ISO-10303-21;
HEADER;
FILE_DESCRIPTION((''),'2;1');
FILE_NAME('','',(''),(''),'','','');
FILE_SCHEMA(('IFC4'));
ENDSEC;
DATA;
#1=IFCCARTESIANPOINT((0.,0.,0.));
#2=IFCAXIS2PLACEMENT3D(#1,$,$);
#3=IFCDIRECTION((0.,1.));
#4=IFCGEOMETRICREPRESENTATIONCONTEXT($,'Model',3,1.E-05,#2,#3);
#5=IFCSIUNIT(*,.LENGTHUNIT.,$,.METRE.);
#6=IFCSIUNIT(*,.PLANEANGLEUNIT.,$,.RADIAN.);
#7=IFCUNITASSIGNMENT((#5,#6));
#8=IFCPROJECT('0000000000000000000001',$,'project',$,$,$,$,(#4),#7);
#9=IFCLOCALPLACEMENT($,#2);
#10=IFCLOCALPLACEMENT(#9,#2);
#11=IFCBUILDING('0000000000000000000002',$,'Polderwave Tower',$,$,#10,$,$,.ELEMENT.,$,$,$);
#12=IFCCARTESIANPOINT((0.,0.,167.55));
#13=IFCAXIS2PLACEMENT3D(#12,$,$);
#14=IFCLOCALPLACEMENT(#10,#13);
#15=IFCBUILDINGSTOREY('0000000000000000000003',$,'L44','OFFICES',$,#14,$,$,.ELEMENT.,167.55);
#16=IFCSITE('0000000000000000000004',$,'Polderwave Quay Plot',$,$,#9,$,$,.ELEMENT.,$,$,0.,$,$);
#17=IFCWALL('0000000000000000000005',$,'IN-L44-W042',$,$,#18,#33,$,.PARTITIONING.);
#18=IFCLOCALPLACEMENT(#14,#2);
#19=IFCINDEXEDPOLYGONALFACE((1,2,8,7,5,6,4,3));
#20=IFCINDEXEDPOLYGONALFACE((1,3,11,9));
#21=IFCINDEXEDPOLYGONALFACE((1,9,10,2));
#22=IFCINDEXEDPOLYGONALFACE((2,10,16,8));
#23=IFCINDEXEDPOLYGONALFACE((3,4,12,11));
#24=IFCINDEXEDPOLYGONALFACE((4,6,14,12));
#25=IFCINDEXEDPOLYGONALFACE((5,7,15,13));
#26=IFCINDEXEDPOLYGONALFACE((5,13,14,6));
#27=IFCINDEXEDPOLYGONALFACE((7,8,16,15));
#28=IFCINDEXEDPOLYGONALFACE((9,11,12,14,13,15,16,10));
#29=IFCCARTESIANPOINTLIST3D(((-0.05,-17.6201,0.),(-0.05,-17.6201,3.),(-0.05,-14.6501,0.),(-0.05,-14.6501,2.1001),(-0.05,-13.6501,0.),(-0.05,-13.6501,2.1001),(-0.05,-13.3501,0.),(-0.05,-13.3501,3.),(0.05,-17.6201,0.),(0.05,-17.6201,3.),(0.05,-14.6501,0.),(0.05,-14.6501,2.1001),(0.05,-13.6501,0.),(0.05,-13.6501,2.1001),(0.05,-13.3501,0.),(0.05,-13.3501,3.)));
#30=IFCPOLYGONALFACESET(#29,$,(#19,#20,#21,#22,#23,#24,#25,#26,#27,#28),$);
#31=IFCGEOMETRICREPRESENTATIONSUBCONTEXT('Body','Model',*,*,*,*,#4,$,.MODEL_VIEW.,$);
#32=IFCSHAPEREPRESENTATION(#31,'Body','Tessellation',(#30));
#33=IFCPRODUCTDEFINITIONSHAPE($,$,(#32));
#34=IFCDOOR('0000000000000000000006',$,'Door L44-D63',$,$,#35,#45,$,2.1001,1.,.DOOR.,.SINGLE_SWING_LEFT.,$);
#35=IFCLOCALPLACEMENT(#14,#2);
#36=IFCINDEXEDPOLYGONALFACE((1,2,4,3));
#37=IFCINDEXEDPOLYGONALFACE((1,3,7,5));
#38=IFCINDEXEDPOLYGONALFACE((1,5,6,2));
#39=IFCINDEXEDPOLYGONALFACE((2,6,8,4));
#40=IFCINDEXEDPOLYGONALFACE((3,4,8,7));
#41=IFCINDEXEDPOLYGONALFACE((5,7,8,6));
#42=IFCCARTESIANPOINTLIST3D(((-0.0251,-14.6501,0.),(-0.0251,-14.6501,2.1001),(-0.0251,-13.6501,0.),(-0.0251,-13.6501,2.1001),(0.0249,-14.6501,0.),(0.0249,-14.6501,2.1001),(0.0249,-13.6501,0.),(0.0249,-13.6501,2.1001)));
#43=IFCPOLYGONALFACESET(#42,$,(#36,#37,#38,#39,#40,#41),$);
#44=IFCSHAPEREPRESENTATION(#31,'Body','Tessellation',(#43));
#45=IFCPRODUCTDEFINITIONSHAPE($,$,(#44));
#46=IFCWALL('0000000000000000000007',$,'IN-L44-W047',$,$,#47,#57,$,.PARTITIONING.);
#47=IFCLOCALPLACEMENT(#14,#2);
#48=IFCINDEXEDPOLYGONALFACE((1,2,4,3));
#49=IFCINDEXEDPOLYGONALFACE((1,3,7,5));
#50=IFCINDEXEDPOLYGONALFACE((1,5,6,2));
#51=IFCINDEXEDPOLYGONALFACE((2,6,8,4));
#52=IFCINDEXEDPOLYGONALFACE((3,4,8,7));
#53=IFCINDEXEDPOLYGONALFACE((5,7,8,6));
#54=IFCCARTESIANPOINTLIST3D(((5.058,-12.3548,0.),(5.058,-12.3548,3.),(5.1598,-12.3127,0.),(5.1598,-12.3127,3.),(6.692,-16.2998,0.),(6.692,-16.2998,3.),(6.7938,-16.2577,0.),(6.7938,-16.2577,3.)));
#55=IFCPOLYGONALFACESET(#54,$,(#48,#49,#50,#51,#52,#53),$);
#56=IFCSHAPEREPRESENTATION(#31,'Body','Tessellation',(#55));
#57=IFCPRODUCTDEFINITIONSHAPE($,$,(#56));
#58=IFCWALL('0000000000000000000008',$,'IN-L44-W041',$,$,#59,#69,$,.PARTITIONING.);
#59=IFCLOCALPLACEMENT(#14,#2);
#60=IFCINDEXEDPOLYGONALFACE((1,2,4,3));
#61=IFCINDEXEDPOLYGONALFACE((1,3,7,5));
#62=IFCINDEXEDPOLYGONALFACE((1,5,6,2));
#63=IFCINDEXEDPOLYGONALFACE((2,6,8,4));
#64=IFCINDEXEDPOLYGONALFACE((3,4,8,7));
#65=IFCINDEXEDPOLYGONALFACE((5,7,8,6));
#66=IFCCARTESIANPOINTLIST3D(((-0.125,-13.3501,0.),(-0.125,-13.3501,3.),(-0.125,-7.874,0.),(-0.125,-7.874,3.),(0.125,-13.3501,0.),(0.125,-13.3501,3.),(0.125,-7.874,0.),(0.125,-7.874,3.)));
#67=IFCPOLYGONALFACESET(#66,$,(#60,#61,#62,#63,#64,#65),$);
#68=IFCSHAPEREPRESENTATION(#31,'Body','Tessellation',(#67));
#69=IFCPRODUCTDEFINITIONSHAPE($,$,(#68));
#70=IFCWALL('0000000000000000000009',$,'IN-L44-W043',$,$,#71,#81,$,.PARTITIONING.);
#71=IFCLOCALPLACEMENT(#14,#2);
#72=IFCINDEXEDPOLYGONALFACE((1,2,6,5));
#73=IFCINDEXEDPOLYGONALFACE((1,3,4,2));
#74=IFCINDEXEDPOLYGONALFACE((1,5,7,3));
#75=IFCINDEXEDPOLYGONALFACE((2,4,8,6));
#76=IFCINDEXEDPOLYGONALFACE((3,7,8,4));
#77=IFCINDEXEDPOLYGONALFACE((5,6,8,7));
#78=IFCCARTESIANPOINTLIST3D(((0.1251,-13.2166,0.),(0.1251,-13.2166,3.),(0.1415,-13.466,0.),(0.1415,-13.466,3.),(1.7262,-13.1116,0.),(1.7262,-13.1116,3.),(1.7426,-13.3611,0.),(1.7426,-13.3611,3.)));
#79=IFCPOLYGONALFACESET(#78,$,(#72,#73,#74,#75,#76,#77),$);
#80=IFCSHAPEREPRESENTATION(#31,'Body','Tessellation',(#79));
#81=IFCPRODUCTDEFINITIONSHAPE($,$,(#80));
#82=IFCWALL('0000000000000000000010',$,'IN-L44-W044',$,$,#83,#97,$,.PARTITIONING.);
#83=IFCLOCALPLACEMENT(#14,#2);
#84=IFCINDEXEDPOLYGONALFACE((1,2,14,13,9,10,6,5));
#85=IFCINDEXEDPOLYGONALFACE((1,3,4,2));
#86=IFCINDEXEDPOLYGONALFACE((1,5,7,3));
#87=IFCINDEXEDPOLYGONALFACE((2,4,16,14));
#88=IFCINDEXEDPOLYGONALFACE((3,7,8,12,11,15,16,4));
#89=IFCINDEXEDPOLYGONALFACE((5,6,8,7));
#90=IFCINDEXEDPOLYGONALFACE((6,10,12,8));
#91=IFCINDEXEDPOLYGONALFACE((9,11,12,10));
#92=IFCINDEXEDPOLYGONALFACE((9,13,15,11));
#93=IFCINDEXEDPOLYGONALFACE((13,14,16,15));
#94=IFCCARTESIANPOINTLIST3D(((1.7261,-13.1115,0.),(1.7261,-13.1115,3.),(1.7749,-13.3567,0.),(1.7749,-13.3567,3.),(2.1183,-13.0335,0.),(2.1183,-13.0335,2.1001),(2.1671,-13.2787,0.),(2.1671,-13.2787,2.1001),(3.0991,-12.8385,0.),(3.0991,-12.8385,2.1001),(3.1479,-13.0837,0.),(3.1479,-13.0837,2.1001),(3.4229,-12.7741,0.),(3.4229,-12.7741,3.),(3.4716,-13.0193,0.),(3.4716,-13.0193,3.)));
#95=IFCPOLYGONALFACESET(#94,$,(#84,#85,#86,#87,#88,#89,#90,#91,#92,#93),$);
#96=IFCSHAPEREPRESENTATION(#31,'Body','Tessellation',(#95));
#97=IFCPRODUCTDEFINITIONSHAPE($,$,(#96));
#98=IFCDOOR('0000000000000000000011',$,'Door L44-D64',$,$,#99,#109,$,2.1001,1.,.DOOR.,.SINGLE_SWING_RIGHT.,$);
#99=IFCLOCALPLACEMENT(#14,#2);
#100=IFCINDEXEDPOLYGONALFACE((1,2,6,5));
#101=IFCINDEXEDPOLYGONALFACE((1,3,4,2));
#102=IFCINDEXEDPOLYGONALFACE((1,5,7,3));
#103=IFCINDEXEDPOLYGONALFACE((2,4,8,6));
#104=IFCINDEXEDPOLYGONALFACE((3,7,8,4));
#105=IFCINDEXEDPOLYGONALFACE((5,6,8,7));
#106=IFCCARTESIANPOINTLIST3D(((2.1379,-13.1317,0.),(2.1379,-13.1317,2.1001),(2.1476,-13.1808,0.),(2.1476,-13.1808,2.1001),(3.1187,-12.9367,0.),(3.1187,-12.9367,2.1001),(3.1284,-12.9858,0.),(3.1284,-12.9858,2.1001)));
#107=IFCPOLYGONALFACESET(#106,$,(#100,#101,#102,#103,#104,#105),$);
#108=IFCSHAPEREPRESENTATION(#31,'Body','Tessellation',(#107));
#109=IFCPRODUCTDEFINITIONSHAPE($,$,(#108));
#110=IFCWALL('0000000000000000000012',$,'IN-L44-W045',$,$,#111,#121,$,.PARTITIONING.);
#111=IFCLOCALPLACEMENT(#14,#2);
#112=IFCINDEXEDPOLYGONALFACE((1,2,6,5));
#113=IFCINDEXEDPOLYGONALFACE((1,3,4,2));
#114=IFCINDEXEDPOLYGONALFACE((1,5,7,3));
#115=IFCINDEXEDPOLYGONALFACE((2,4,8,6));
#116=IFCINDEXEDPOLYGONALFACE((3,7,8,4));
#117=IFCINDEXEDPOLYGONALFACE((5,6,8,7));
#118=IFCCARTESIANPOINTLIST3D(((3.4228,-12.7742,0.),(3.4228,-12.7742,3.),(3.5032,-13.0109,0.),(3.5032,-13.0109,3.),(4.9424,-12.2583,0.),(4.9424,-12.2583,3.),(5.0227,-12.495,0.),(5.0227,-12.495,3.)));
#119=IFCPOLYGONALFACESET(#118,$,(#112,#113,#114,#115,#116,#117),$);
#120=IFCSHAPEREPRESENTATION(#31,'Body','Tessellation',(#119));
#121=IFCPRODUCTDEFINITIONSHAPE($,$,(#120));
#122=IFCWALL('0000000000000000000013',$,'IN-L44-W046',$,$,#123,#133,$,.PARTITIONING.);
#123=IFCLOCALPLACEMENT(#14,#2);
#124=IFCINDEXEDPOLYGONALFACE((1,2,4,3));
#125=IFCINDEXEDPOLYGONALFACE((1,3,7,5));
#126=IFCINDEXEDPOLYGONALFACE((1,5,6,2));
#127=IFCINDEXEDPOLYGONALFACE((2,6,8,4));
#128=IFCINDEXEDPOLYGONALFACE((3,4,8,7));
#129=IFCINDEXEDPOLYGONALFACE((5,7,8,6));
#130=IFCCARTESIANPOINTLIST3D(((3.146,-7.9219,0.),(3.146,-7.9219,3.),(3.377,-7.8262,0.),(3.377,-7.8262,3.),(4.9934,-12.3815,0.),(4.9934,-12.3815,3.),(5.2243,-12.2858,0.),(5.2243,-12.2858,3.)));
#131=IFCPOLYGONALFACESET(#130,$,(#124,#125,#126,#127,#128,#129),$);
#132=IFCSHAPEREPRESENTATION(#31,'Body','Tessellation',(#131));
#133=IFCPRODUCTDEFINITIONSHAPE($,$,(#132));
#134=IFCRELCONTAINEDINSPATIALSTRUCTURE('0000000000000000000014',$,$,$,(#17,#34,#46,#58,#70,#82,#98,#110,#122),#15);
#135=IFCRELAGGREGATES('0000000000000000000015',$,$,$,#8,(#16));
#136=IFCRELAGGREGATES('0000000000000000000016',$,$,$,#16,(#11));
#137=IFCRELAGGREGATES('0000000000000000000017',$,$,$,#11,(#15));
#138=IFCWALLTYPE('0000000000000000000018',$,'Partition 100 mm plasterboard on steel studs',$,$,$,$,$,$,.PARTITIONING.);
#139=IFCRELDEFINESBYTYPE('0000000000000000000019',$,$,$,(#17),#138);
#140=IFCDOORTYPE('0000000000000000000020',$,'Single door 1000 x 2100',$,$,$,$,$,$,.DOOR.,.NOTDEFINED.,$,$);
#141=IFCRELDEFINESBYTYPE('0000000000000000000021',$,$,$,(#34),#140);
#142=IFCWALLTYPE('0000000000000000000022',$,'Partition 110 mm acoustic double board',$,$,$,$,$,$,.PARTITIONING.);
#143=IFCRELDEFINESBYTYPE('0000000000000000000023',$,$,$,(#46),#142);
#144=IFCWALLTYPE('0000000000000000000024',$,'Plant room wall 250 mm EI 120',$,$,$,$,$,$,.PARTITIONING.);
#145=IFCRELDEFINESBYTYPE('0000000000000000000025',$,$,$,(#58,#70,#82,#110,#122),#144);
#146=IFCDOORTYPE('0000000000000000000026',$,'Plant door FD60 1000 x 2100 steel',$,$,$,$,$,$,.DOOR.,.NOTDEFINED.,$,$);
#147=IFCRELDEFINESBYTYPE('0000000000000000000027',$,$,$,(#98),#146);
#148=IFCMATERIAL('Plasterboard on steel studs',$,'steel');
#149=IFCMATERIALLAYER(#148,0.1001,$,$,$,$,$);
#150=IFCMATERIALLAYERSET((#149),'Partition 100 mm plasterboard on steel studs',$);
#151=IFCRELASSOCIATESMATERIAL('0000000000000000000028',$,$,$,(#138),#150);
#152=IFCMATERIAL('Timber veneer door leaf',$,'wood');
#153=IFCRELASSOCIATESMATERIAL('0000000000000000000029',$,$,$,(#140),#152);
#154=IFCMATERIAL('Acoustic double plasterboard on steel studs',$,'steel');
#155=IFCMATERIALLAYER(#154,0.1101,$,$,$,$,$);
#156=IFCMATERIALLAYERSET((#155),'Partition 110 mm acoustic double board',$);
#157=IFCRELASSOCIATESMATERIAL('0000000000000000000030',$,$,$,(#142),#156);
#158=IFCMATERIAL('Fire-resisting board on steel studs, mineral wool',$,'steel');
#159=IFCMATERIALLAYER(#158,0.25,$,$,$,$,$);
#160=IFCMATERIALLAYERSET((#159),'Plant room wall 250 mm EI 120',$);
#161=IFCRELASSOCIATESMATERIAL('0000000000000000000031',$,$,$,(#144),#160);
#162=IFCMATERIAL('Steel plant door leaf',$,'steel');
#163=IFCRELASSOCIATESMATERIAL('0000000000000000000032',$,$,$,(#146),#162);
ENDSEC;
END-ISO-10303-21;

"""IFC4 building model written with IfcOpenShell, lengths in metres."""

from ifc_helpers import new_model, si_unit, direction, frame, frame_2d, origin, place, context, subcontext, project, spatial, rectangle, extrude, material, layer, layer_set, type_object, element, fill, save


model = new_model("IFC4")

# Units and contexts
model_context = context("Model", 3, precision=1e-05, world=origin(), true_north=direction((0.0, 1.0)))
body_context = subcontext(model_context, "Body", "Model", "MODEL_VIEW")
ifc_project = project(units=[si_unit("LENGTHUNIT", "METRE"), si_unit("PLANEANGLEUNIT", "RADIAN")], contexts=[model_context])

# Site, building, storey
site_placement = place(None, origin())
site = spatial("IfcSite", under=ifc_project, at=site_placement, Name="Polderwave Quay Plot", CompositionType="ELEMENT", RefElevation=0.0)
building_placement = place(site_placement, origin())
building = spatial("IfcBuilding", under=site, at=building_placement, Name="Polderwave Tower", CompositionType="ELEMENT")
storey_placement = place(building_placement, frame((0.0, 0.0, 167.55)))
storey = spatial("IfcBuildingStorey", under=building, at=storey_placement, Name="L44", Description="OFFICES", CompositionType="ELEMENT", Elevation=167.55)

# Wall, opening, door
ifc_material_1 = material(Name="Plasterboard on steel studs", Category="steel")
ifc_layer_1 = layer(ifc_material_1, 0.1001)
ifc_layer_set_1 = layer_set([ifc_layer_1], Name="Partition 100 mm plasterboard on steel studs")
wall_type_1 = type_object("IfcWallType", Name="Partition 100 mm plasterboard on steel studs", PredefinedType="PARTITIONING", material=ifc_layer_set_1)
wall_1_placement = place(storey_placement, frame((0.0, -13.3501, 0.0), z_axis=(0.0, 0.0, 1.0), x_axis=(0.0, -1.0, 0.0)))
wall_1 = element("IfcWall", 1, at=wall_1_placement, inside=storey, type_object=wall_type_1, Name="IN-L44-W042", PredefinedType="PARTITIONING", context=body_context, shape_type="SweptSolid", body=[
    extrude(rectangle(XDim=4.27, YDim=0.1001, at=frame_2d((2.135, 0.0))), origin(), (0.0, 0.0, 1.0), 3.0),
])
opening_1_placement = place(wall_1_placement, frame((0.3, 0.0, 0.0)))
opening_1 = element("IfcOpeningElement", 2, at=opening_1_placement, cuts=wall_1, PredefinedType="OPENING", context=body_context, shape_type="SweptSolid", body=[
    extrude(rectangle(XDim=1.0, YDim=2.1001, at=frame_2d((0.5, 1.05))), frame((0.0, 0.0601, 0.0), z_axis=(0.0, -1.0, 0.0), x_axis=(1.0, 0.0, 0.0)), (0.0, 0.0, 1.0), 0.1201),
])
ifc_material_2 = material(Name="Timber veneer door leaf", Category="wood")
door_type_1 = type_object("IfcDoorType", Name="Single door 1000 x 2100", OperationType="NOTDEFINED", PredefinedType="DOOR", material=ifc_material_2)
door_1_placement = place(opening_1_placement, origin())
door_1 = element("IfcDoor", 3, at=door_1_placement, inside=storey, type_object=door_type_1, Name="Door L44-D63", OperationType="SINGLE_SWING_LEFT", OverallHeight=2.1001, OverallWidth=1.0, PredefinedType="DOOR", context=body_context, shape_type="SweptSolid", body=[
    extrude(rectangle(XDim=1.0, YDim=2.1001, at=frame_2d((0.5, 1.05))), frame((0.0, 0.0249, 0.0), z_axis=(0.0, -1.0, 0.0), x_axis=(1.0, 0.0, 0.0)), (0.0, 0.0, 1.0), 0.05),
])
fill(opening_1, door_1)

# Walls
ifc_material_3 = material(Name="Acoustic double plasterboard on steel studs", Category="steel")
ifc_layer_2 = layer(ifc_material_3, 0.1101)
ifc_layer_set_2 = layer_set([ifc_layer_2], Name="Partition 110 mm acoustic double board")
wall_type_2 = type_object("IfcWallType", Name="Partition 110 mm acoustic double board", PredefinedType="PARTITIONING", material=ifc_layer_set_2)
wall_2_placement = place(storey_placement, frame((5.1089, -12.3337, 0.0), z_axis=(0.0, 0.0, 1.0), x_axis=(0.38267, -0.923885, 0.0)))
element("IfcWall", 4, at=wall_2_placement, inside=storey, type_object=wall_type_2, Name="IN-L44-W047", PredefinedType="PARTITIONING", context=body_context, shape_type="SweptSolid", body=[
    extrude(rectangle(XDim=4.27, YDim=0.1101, at=frame_2d((2.135, 0.0))), origin(), (0.0, 0.0, 1.0), 3.0),
])
ifc_material_4 = material(Name="Fire-resisting board on steel studs, mineral wool", Category="steel")
ifc_layer_3 = layer(ifc_material_4, 0.25)
ifc_layer_set_3 = layer_set([ifc_layer_3], Name="Plant room wall 250 mm EI 120")
wall_type_3 = type_object("IfcWallType", Name="Plant room wall 250 mm EI 120", PredefinedType="PARTITIONING", material=ifc_layer_set_3)
wall_3_placement = place(storey_placement, frame((0.0, -7.874, 0.0), z_axis=(0.0, 0.0, 1.0), x_axis=(0.0, -1.0, 0.0)))
element("IfcWall", 5, at=wall_3_placement, inside=storey, type_object=wall_type_3, Name="IN-L44-W041", PredefinedType="PARTITIONING", context=body_context, shape_type="SweptSolid", body=[
    extrude(rectangle(XDim=5.4761, YDim=0.25, at=frame_2d((2.738, 0.0))), origin(), (0.0, 0.0, 1.0), 3.0),
])
wall_4_placement = place(storey_placement, frame((1.7344, -13.2363, 0.0), z_axis=(0.0, 0.0, 1.0), x_axis=(-0.997857, -0.065428, 0.0)))
element("IfcWall", 6, at=wall_4_placement, inside=storey, type_object=wall_type_3, Name="IN-L44-W043", PredefinedType="PARTITIONING", context=body_context, shape_type="SweptSolid", body=[
    extrude(rectangle(XDim=1.6045, YDim=0.25, at=frame_2d((0.8022, 0.0))), origin(), (0.0, 0.0, 1.0), 3.0),
])

# Wall, opening, door
wall_5_placement = place(storey_placement, frame((1.7505, -13.2341, 0.0), z_axis=(0.0, 0.0, 1.0), x_axis=(0.980797, 0.19503, 0.0)))
wall_5 = element("IfcWall", 7, at=wall_5_placement, inside=storey, type_object=wall_type_3, Name="IN-L44-W044", PredefinedType="PARTITIONING", context=body_context, shape_type="SweptSolid", body=[
    extrude(rectangle(XDim=1.73, YDim=0.25, at=frame_2d((0.865, 0.0))), origin(), (0.0, 0.0, 1.0), 3.0),
])
opening_2_placement = place(wall_5_placement, frame((0.3999, 0.0, 0.0)))
opening_2 = element("IfcOpeningElement", 8, at=opening_2_placement, cuts=wall_5, PredefinedType="OPENING", context=body_context, shape_type="SweptSolid", body=[
    extrude(rectangle(XDim=1.0, YDim=2.1001, at=frame_2d((0.5, 1.05))), frame((0.0, 0.135, 0.0), z_axis=(0.0, -1.0, 0.0), x_axis=(1.0, 0.0, 0.0)), (0.0, 0.0, 1.0), 0.27),
])
ifc_material_5 = material(Name="Steel plant door leaf", Category="steel")
door_type_2 = type_object("IfcDoorType", Name="Plant door FD60 1000 x 2100 steel", OperationType="NOTDEFINED", PredefinedType="DOOR", material=ifc_material_5)
door_2_placement = place(opening_2_placement, origin())
door_2 = element("IfcDoor", 9, at=door_2_placement, inside=storey, type_object=door_type_2, Name="Door L44-D64", OperationType="SINGLE_SWING_RIGHT", OverallHeight=2.1001, OverallWidth=1.0, PredefinedType="DOOR", context=body_context, shape_type="SweptSolid", body=[
    extrude(rectangle(XDim=1.0, YDim=2.1001, at=frame_2d((0.5, 1.05))), frame((0.0, 0.0249, 0.0), z_axis=(0.0, -1.0, 0.0), x_axis=(1.0, 0.0, 0.0)), (0.0, 0.0, 1.0), 0.05),
])
fill(opening_2, door_2)

# Walls
wall_6_placement = place(storey_placement, frame((4.9824, -12.3767, 0.0), z_axis=(0.0, 0.0, 1.0), x_axis=(-0.946919, -0.321472, 0.0)))
element("IfcWall", 10, at=wall_6_placement, inside=storey, type_object=wall_type_3, Name="IN-L44-W045", PredefinedType="PARTITIONING", context=body_context, shape_type="SweptSolid", body=[
    extrude(rectangle(XDim=1.6047, YDim=0.25, at=frame_2d((0.8022, 0.0))), origin(), (0.0, 0.0, 1.0), 3.0),
])
wall_7_placement = place(storey_placement, frame((3.2615, -7.874, 0.0), z_axis=(0.0, 0.0, 1.0), x_axis=(0.382708, -0.92387, 0.0)))
element("IfcWall", 11, at=wall_7_placement, inside=storey, type_object=wall_type_3, Name="IN-L44-W046", PredefinedType="PARTITIONING", context=body_context, shape_type="SweptSolid", body=[
    extrude(rectangle(XDim=4.8271, YDim=0.25, at=frame_2d((2.4136, 0.0))), origin(), (0.0, 0.0, 1.0), 3.0),
])

save(model, "model.ifc")
